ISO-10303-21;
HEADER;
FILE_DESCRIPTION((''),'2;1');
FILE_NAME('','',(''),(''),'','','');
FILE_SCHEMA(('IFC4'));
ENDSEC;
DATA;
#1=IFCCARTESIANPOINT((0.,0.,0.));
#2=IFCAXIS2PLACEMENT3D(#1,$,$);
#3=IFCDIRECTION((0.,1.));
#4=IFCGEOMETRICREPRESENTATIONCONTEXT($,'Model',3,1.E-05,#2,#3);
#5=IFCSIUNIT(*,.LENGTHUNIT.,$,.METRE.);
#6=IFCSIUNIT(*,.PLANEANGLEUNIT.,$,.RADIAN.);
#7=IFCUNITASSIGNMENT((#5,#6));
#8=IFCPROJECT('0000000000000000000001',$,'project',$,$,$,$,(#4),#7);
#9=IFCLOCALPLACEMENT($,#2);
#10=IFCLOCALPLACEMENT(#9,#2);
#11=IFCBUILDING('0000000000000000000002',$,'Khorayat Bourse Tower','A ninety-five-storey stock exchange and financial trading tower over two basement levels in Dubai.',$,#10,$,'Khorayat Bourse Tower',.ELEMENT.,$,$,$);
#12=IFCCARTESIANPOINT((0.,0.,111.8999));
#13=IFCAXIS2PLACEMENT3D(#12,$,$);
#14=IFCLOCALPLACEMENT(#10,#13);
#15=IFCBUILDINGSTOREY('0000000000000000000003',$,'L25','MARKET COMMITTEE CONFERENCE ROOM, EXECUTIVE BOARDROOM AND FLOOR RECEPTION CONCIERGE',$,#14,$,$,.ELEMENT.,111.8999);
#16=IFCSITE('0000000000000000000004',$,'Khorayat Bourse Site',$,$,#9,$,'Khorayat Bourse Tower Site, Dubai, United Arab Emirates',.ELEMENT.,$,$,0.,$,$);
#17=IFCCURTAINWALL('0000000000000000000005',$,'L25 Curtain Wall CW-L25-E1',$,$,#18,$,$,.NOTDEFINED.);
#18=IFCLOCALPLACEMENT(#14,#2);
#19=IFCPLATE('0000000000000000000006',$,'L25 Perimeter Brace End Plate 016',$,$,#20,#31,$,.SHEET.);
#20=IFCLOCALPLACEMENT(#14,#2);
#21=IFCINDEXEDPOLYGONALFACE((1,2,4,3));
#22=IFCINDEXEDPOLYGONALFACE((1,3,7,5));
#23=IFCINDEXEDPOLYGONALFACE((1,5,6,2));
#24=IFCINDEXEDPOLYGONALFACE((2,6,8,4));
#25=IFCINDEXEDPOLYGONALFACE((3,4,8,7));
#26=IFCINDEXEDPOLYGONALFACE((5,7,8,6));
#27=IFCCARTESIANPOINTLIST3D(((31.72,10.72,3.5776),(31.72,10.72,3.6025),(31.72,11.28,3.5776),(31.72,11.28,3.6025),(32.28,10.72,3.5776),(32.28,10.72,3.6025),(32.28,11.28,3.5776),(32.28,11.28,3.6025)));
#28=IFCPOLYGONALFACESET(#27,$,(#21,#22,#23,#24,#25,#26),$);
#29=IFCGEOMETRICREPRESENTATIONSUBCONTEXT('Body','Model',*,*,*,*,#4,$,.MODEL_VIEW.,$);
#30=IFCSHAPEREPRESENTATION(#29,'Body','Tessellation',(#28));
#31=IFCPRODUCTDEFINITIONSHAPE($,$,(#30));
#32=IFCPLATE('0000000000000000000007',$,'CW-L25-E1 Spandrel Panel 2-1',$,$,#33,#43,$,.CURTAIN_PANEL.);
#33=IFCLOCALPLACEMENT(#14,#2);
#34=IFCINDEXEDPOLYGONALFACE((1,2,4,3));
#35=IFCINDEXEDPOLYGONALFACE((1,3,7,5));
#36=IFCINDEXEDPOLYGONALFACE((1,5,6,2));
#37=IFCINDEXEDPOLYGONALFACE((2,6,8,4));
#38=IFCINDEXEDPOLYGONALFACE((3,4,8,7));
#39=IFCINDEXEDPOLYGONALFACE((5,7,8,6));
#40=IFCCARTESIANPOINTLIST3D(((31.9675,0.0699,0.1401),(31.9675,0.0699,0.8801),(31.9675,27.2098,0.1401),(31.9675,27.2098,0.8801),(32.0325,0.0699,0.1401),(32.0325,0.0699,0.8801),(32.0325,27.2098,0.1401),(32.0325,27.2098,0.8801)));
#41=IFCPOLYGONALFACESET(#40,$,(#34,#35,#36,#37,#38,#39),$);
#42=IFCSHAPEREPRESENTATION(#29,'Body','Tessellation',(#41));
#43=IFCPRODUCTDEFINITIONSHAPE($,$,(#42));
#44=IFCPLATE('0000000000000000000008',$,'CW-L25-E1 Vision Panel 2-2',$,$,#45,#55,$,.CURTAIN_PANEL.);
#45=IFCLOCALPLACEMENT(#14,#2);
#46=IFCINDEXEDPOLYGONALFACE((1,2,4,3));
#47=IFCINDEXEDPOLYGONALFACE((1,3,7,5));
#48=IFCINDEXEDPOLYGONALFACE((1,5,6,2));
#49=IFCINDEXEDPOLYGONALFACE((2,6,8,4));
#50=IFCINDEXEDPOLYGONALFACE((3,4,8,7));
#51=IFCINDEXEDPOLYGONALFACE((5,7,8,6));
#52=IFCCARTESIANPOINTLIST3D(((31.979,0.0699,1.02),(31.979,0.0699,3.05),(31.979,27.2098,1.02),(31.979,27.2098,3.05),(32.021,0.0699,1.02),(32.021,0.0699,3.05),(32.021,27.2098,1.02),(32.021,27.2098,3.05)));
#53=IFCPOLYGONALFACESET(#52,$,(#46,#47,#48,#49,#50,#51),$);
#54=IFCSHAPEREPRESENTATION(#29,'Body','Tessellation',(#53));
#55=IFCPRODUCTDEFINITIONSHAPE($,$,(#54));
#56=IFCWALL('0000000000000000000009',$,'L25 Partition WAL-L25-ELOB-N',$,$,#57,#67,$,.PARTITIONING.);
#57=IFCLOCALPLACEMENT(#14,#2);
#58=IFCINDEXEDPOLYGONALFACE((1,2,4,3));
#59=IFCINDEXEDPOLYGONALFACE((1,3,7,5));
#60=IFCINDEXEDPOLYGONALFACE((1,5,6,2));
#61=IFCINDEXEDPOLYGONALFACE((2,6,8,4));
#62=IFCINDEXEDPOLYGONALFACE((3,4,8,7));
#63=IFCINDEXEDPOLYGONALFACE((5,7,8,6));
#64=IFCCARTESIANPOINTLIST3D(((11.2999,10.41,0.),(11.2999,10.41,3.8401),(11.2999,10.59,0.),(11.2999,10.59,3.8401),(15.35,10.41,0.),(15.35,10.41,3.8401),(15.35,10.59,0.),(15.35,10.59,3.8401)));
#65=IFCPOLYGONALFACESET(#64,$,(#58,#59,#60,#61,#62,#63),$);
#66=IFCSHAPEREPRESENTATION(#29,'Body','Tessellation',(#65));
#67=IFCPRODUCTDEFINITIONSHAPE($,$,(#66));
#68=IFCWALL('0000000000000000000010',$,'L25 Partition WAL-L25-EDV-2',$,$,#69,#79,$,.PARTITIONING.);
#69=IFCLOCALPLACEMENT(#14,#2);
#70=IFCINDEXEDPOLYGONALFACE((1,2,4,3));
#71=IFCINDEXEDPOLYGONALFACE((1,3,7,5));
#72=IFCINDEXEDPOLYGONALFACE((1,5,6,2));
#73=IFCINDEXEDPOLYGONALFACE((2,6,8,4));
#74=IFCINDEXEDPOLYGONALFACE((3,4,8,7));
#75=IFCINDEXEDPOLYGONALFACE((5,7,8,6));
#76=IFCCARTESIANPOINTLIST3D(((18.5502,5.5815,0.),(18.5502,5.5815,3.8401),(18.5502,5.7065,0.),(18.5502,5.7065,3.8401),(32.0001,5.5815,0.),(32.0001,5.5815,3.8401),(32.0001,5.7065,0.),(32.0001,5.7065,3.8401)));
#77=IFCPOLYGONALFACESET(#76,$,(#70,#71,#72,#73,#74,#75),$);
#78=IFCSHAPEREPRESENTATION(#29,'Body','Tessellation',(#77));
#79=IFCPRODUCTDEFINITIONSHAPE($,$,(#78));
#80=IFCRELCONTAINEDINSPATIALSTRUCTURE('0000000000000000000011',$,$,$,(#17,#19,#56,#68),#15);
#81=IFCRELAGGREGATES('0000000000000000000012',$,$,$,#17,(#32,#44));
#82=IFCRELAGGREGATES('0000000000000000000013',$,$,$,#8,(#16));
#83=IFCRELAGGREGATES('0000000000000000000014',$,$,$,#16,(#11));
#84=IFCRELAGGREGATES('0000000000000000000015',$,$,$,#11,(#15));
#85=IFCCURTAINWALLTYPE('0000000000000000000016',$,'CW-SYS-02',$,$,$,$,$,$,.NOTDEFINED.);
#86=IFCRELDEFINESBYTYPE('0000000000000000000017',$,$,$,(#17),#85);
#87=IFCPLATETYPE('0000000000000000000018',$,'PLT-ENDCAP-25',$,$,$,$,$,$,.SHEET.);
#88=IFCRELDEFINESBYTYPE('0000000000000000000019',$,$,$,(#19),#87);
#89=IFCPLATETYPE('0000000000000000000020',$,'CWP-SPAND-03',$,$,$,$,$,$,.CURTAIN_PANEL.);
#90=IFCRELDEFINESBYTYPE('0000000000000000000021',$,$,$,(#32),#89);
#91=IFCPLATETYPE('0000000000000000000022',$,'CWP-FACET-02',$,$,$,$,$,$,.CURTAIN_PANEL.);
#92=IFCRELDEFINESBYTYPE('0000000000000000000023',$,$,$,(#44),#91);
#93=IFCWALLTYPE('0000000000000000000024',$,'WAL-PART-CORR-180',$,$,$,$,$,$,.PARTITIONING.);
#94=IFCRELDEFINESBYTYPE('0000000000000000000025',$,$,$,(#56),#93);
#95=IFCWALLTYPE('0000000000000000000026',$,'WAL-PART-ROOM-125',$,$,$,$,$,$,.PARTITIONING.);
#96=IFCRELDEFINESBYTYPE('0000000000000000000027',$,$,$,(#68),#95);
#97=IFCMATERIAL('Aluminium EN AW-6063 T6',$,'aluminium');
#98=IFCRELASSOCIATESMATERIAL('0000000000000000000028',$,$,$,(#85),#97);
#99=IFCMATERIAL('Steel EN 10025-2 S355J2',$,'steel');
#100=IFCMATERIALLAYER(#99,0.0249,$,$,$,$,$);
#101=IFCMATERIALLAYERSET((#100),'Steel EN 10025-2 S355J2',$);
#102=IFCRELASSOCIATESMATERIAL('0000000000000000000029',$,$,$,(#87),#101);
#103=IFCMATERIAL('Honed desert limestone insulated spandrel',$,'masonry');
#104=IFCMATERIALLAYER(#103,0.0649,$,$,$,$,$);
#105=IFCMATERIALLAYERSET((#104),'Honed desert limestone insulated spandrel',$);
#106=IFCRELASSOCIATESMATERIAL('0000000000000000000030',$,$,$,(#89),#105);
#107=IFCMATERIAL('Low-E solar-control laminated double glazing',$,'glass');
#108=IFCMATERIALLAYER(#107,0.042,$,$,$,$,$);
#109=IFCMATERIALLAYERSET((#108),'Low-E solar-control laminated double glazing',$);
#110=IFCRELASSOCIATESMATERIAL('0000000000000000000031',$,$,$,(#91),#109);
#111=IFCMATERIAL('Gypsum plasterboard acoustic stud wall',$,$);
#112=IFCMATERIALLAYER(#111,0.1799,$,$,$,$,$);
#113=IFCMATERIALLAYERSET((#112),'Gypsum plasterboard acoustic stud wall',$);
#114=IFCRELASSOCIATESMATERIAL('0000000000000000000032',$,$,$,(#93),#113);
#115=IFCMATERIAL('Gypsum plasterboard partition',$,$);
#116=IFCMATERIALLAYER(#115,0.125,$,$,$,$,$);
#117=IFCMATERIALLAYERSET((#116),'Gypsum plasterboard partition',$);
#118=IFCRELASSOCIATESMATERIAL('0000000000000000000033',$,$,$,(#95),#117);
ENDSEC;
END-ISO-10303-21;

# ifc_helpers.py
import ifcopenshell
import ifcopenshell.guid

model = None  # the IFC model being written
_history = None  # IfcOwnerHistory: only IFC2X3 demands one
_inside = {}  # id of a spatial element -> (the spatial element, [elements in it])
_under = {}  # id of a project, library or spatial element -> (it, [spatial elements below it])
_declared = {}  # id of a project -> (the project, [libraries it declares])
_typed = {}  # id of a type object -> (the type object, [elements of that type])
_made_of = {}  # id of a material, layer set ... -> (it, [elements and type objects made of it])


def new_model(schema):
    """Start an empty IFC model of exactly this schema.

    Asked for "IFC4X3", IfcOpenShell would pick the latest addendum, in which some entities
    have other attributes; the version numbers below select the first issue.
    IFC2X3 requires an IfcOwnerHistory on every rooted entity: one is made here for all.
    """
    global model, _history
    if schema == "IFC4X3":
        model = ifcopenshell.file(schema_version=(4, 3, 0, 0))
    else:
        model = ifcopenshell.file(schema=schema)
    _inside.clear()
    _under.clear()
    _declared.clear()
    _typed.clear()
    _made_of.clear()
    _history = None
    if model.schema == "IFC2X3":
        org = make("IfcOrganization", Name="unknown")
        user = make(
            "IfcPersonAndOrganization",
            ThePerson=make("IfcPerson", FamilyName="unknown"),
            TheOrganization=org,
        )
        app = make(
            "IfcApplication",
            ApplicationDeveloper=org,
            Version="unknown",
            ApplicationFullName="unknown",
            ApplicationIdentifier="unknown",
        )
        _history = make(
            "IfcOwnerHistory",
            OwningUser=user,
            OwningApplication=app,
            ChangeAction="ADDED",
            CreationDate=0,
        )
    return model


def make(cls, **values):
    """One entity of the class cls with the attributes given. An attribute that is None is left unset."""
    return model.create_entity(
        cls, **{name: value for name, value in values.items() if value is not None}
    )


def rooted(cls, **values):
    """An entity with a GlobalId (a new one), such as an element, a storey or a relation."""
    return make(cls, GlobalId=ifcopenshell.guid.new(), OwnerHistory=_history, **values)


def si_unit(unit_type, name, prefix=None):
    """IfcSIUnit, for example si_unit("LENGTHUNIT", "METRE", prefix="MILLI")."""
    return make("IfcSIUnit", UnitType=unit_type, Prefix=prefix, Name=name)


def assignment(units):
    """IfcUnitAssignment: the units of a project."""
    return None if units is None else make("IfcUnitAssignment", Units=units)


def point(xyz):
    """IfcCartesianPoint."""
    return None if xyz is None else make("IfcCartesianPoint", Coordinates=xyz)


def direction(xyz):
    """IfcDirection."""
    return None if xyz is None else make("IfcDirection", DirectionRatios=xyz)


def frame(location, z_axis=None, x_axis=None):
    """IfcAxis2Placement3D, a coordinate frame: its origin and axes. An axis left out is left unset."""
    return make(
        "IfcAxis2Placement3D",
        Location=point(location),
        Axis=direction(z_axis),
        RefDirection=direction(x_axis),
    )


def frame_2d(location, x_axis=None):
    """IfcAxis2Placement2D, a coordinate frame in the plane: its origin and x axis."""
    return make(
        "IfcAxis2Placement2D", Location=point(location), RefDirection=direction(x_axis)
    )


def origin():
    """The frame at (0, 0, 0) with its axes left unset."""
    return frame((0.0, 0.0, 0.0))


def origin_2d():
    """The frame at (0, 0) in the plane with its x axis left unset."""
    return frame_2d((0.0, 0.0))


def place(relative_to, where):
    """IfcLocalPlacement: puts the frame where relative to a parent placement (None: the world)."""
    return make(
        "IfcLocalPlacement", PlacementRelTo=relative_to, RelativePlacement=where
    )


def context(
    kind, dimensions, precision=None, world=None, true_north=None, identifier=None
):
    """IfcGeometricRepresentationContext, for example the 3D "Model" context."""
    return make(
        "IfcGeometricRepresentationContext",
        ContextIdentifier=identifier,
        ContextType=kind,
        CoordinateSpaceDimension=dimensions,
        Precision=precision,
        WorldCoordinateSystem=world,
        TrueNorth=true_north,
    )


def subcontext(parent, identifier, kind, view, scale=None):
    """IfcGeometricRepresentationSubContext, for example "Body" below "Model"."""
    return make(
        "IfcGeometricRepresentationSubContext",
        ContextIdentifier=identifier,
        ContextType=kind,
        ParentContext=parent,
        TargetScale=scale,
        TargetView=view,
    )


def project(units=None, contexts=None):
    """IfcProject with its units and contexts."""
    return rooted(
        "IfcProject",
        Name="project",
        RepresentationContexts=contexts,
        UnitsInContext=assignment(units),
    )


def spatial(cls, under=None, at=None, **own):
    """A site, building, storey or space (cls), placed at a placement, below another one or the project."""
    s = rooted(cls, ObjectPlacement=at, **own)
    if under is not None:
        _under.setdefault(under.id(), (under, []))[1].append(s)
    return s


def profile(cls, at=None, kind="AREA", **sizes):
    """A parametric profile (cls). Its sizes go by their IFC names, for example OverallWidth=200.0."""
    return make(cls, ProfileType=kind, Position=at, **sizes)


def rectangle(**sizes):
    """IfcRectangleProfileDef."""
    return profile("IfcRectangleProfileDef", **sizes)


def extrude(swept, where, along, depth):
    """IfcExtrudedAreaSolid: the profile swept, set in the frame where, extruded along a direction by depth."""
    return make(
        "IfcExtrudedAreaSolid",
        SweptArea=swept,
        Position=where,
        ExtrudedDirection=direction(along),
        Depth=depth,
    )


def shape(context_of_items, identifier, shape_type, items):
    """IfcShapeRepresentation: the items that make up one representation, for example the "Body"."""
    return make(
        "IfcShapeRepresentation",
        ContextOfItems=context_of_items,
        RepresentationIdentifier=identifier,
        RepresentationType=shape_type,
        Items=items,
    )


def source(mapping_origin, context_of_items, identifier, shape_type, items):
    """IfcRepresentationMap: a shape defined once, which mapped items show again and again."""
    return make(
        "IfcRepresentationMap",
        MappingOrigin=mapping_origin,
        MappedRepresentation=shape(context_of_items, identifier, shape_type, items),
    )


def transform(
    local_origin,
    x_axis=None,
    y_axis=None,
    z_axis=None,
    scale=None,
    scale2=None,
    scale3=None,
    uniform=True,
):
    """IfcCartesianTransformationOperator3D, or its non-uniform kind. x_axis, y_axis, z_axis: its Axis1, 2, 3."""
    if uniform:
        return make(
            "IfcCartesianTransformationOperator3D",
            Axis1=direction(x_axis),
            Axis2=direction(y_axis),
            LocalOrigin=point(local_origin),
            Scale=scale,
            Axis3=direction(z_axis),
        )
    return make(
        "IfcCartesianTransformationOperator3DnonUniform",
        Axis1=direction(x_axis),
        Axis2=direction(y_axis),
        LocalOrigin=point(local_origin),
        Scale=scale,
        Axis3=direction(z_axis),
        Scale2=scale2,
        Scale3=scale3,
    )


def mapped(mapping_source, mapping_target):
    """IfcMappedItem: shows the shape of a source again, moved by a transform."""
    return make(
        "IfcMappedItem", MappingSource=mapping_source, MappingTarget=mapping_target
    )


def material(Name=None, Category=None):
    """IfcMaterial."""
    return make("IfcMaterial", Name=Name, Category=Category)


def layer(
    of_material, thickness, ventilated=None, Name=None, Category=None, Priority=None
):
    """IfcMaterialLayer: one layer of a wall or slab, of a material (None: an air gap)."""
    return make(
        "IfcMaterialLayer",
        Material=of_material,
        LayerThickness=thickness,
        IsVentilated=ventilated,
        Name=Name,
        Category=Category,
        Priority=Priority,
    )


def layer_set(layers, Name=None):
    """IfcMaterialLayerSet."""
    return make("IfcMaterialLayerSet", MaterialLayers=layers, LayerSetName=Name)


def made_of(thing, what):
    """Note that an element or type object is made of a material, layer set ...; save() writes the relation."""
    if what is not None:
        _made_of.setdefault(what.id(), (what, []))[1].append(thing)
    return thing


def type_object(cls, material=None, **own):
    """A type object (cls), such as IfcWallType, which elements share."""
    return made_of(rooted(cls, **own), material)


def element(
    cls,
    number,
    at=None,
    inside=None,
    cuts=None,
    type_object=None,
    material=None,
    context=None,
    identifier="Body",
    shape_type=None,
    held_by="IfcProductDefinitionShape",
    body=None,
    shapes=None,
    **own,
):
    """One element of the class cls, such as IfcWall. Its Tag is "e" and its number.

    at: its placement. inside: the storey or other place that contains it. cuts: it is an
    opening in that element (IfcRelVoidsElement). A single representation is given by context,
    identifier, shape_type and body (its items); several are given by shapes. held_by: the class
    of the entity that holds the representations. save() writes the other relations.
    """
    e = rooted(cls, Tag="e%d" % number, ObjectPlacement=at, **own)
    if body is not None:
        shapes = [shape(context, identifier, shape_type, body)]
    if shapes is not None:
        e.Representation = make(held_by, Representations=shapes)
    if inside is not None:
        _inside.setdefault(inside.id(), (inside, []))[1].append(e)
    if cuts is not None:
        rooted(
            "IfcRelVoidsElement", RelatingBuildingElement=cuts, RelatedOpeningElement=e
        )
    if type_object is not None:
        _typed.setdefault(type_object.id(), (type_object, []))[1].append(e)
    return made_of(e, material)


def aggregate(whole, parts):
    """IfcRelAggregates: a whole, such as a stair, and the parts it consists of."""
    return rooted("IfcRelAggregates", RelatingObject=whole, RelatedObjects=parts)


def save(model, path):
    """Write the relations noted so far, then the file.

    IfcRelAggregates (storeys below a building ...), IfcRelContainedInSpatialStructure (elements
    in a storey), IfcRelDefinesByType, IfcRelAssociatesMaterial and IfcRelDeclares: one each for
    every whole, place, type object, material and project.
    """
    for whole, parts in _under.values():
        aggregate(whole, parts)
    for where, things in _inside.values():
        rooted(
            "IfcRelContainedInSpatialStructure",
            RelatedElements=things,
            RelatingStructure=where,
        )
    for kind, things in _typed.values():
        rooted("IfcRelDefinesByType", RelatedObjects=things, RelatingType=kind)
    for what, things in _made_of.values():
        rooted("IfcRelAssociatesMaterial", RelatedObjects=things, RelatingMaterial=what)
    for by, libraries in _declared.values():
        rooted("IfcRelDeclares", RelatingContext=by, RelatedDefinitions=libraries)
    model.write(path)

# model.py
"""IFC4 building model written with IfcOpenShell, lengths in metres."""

from ifc_helpers import new_model, si_unit, direction, frame, frame_2d, origin, origin_2d, place, context, subcontext, project, spatial, rectangle, extrude, source, transform, mapped, material, layer, layer_set, type_object, element, aggregate, save


model = new_model("IFC4")

# Units and contexts
model_context = context("Model", 3, precision=1e-05, world=origin(), true_north=direction((0.0, 1.0)))
body_context = subcontext(model_context, "Body", "Model", "MODEL_VIEW")
ifc_project = project(units=[si_unit("LENGTHUNIT", "METRE"), si_unit("PLANEANGLEUNIT", "RADIAN")], contexts=[model_context])

# Site, building, storey
site_placement = place(None, origin())
site = spatial("IfcSite", under=ifc_project, at=site_placement, Name="Khorayat Bourse Site", LongName="Khorayat Bourse Tower Site, Dubai, United Arab Emirates", CompositionType="ELEMENT", RefElevation=0.0)
building_placement = place(site_placement, origin())
building = spatial("IfcBuilding", under=site, at=building_placement, Name="Khorayat Bourse Tower", Description="A ninety-five-storey stock exchange and financial trading tower over two basement levels in Dubai.", LongName="Khorayat Bourse Tower", CompositionType="ELEMENT")
storey_placement = place(building_placement, frame((0.0, 0.0, 111.8999)))
storey = spatial("IfcBuildingStorey", under=building, at=storey_placement, Name="L25", Description="MARKET COMMITTEE CONFERENCE ROOM, EXECUTIVE BOARDROOM AND FLOOR RECEPTION CONCIERGE", CompositionType="ELEMENT", Elevation=111.8999)

# Curtain wall
ifc_material_1 = material(Name="Aluminium EN AW-6063 T6", Category="aluminium")
curtain_wall_type = type_object("IfcCurtainWallType", Name="CW-SYS-02", PredefinedType="NOTDEFINED", material=ifc_material_1)
curtain_wall_placement = place(storey_placement, origin())
curtain_wall = element("IfcCurtainWall", 1, at=curtain_wall_placement, inside=storey, type_object=curtain_wall_type, Name="L25 Curtain Wall CW-L25-E1", PredefinedType="NOTDEFINED")

# Plate
ifc_material_2 = material(Name="Steel EN 10025-2 S355J2", Category="steel")
ifc_layer_1 = layer(ifc_material_2, 0.0249)
ifc_layer_set_1 = layer_set([ifc_layer_1], Name="Steel EN 10025-2 S355J2")
plate_type_1 = type_object("IfcPlateType", Name="PLT-ENDCAP-25", PredefinedType="SHEET", material=ifc_layer_set_1)
shared_shape_1 = source(origin(), body_context, "Body", "SweptSolid", [
    extrude(rectangle(XDim=0.5601, YDim=0.5601, at=origin_2d()), origin(), (0.0, 0.0, 1.0), 0.0249),
])
for number, where, z_axis, x_axis, name in (
    (2, (32.0, 11.0, 3.5776), (0.0, 0.0, 1.0), (1.0, 0.0, 0.0), "L25 Perimeter Brace End Plate 016"),
):
    element("IfcPlate", number, at=place(storey_placement, frame(where, z_axis=z_axis, x_axis=x_axis)), inside=storey, type_object=plate_type_1, Name=name, PredefinedType="SHEET", context=body_context, shape_type="MappedRepresentation", body=[
        mapped(shared_shape_1, transform((0.0, 0.0, 0.0), scale=1.0)),
    ])

# Plates
ifc_material_3 = material(Name="Honed desert limestone insulated spandrel", Category="masonry")
ifc_layer_2 = layer(ifc_material_3, 0.0649)
ifc_layer_set_2 = layer_set([ifc_layer_2], Name="Honed desert limestone insulated spandrel")
plate_type_2 = type_object("IfcPlateType", Name="CWP-SPAND-03", PredefinedType="CURTAIN_PANEL", material=ifc_layer_set_2)
shared_shape_2 = source(origin(), body_context, "Body", "SweptSolid", [
    extrude(rectangle(XDim=27.1399, YDim=0.0649, at=origin_2d()), origin(), (0.0, 0.0, 1.0), 0.74),
])
plate_1_placement = place(storey_placement, frame((32.0, 13.6399, 0.1401), z_axis=(0.0, 0.0, 1.0), x_axis=(0.0, 1.0, 0.0)))
plate_1 = element("IfcPlate", 3, at=plate_1_placement, type_object=plate_type_2, Name="CW-L25-E1 Spandrel Panel 2-1", PredefinedType="CURTAIN_PANEL", context=body_context, shape_type="MappedRepresentation", body=[
    mapped(shared_shape_2, transform((0.0, 0.0, 0.0), scale=1.0)),
])
ifc_material_4 = material(Name="Low-E solar-control laminated double glazing", Category="glass")
ifc_layer_3 = layer(ifc_material_4, 0.042)
ifc_layer_set_3 = layer_set([ifc_layer_3], Name="Low-E solar-control laminated double glazing")
plate_type_3 = type_object("IfcPlateType", Name="CWP-FACET-02", PredefinedType="CURTAIN_PANEL", material=ifc_layer_set_3)
shared_shape_3 = source(origin(), body_context, "Body", "SweptSolid", [
    extrude(rectangle(XDim=27.1399, YDim=0.042, at=origin_2d()), origin(), (0.0, 0.0, 1.0), 2.03),
])
plate_2_placement = place(storey_placement, frame((32.0, 13.6399, 1.02), z_axis=(0.0, 0.0, 1.0), x_axis=(0.0, 1.0, 0.0)))
plate_2 = element("IfcPlate", 4, at=plate_2_placement, type_object=plate_type_3, Name="CW-L25-E1 Vision Panel 2-2", PredefinedType="CURTAIN_PANEL", context=body_context, shape_type="MappedRepresentation", body=[
    mapped(shared_shape_3, transform((0.0, 0.0, 0.0), scale=1.0)),
])
aggregate(curtain_wall, [plate_1, plate_2])

# Walls
ifc_material_5 = material(Name="Gypsum plasterboard acoustic stud wall")
ifc_layer_4 = layer(ifc_material_5, 0.1799)
ifc_layer_set_4 = layer_set([ifc_layer_4], Name="Gypsum plasterboard acoustic stud wall")
wall_type_1 = type_object("IfcWallType", Name="WAL-PART-CORR-180", PredefinedType="PARTITIONING", material=ifc_layer_set_4)
shared_shape_4 = source(origin(), body_context, "Body", "SweptSolid", [
    extrude(rectangle(XDim=4.05, YDim=0.1799, at=frame_2d((2.0249, 0.0))), origin(), (0.0, 0.0, 1.0), 3.8401),
])
wall_1_placement = place(storey_placement, frame((11.3, 10.5, 0.0), z_axis=(0.0, 0.0, 1.0), x_axis=(1.0, 0.0, 0.0)))
element("IfcWall", 5, at=wall_1_placement, inside=storey, type_object=wall_type_1, Name="L25 Partition WAL-L25-ELOB-N", PredefinedType="PARTITIONING", context=body_context, shape_type="MappedRepresentation", body=[
    mapped(shared_shape_4, transform((0.0, 0.0, 0.0), scale=1.0)),
])
ifc_material_6 = material(Name="Gypsum plasterboard partition")
ifc_layer_5 = layer(ifc_material_6, 0.125)
ifc_layer_set_5 = layer_set([ifc_layer_5], Name="Gypsum plasterboard partition")
wall_type_2 = type_object("IfcWallType", Name="WAL-PART-ROOM-125", PredefinedType="PARTITIONING", material=ifc_layer_set_5)
shared_shape_5 = source(origin(), body_context, "Body", "SweptSolid", [
    extrude(rectangle(XDim=13.45, YDim=0.125, at=frame_2d((6.7251, 0.0))), origin(), (0.0, 0.0, 1.0), 3.8401),
])
wall_2_placement = place(storey_placement, frame((18.55, 5.644, 0.0), z_axis=(0.0, 0.0, 1.0), x_axis=(1.0, 0.0, 0.0)))
element("IfcWall", 6, at=wall_2_placement, inside=storey, type_object=wall_type_2, Name="L25 Partition WAL-L25-EDV-2", PredefinedType="PARTITIONING", context=body_context, shape_type="MappedRepresentation", body=[
    mapped(shared_shape_5, transform((0.0, 0.0, 0.0), scale=1.0)),
])

save(model, "model.ifc")
